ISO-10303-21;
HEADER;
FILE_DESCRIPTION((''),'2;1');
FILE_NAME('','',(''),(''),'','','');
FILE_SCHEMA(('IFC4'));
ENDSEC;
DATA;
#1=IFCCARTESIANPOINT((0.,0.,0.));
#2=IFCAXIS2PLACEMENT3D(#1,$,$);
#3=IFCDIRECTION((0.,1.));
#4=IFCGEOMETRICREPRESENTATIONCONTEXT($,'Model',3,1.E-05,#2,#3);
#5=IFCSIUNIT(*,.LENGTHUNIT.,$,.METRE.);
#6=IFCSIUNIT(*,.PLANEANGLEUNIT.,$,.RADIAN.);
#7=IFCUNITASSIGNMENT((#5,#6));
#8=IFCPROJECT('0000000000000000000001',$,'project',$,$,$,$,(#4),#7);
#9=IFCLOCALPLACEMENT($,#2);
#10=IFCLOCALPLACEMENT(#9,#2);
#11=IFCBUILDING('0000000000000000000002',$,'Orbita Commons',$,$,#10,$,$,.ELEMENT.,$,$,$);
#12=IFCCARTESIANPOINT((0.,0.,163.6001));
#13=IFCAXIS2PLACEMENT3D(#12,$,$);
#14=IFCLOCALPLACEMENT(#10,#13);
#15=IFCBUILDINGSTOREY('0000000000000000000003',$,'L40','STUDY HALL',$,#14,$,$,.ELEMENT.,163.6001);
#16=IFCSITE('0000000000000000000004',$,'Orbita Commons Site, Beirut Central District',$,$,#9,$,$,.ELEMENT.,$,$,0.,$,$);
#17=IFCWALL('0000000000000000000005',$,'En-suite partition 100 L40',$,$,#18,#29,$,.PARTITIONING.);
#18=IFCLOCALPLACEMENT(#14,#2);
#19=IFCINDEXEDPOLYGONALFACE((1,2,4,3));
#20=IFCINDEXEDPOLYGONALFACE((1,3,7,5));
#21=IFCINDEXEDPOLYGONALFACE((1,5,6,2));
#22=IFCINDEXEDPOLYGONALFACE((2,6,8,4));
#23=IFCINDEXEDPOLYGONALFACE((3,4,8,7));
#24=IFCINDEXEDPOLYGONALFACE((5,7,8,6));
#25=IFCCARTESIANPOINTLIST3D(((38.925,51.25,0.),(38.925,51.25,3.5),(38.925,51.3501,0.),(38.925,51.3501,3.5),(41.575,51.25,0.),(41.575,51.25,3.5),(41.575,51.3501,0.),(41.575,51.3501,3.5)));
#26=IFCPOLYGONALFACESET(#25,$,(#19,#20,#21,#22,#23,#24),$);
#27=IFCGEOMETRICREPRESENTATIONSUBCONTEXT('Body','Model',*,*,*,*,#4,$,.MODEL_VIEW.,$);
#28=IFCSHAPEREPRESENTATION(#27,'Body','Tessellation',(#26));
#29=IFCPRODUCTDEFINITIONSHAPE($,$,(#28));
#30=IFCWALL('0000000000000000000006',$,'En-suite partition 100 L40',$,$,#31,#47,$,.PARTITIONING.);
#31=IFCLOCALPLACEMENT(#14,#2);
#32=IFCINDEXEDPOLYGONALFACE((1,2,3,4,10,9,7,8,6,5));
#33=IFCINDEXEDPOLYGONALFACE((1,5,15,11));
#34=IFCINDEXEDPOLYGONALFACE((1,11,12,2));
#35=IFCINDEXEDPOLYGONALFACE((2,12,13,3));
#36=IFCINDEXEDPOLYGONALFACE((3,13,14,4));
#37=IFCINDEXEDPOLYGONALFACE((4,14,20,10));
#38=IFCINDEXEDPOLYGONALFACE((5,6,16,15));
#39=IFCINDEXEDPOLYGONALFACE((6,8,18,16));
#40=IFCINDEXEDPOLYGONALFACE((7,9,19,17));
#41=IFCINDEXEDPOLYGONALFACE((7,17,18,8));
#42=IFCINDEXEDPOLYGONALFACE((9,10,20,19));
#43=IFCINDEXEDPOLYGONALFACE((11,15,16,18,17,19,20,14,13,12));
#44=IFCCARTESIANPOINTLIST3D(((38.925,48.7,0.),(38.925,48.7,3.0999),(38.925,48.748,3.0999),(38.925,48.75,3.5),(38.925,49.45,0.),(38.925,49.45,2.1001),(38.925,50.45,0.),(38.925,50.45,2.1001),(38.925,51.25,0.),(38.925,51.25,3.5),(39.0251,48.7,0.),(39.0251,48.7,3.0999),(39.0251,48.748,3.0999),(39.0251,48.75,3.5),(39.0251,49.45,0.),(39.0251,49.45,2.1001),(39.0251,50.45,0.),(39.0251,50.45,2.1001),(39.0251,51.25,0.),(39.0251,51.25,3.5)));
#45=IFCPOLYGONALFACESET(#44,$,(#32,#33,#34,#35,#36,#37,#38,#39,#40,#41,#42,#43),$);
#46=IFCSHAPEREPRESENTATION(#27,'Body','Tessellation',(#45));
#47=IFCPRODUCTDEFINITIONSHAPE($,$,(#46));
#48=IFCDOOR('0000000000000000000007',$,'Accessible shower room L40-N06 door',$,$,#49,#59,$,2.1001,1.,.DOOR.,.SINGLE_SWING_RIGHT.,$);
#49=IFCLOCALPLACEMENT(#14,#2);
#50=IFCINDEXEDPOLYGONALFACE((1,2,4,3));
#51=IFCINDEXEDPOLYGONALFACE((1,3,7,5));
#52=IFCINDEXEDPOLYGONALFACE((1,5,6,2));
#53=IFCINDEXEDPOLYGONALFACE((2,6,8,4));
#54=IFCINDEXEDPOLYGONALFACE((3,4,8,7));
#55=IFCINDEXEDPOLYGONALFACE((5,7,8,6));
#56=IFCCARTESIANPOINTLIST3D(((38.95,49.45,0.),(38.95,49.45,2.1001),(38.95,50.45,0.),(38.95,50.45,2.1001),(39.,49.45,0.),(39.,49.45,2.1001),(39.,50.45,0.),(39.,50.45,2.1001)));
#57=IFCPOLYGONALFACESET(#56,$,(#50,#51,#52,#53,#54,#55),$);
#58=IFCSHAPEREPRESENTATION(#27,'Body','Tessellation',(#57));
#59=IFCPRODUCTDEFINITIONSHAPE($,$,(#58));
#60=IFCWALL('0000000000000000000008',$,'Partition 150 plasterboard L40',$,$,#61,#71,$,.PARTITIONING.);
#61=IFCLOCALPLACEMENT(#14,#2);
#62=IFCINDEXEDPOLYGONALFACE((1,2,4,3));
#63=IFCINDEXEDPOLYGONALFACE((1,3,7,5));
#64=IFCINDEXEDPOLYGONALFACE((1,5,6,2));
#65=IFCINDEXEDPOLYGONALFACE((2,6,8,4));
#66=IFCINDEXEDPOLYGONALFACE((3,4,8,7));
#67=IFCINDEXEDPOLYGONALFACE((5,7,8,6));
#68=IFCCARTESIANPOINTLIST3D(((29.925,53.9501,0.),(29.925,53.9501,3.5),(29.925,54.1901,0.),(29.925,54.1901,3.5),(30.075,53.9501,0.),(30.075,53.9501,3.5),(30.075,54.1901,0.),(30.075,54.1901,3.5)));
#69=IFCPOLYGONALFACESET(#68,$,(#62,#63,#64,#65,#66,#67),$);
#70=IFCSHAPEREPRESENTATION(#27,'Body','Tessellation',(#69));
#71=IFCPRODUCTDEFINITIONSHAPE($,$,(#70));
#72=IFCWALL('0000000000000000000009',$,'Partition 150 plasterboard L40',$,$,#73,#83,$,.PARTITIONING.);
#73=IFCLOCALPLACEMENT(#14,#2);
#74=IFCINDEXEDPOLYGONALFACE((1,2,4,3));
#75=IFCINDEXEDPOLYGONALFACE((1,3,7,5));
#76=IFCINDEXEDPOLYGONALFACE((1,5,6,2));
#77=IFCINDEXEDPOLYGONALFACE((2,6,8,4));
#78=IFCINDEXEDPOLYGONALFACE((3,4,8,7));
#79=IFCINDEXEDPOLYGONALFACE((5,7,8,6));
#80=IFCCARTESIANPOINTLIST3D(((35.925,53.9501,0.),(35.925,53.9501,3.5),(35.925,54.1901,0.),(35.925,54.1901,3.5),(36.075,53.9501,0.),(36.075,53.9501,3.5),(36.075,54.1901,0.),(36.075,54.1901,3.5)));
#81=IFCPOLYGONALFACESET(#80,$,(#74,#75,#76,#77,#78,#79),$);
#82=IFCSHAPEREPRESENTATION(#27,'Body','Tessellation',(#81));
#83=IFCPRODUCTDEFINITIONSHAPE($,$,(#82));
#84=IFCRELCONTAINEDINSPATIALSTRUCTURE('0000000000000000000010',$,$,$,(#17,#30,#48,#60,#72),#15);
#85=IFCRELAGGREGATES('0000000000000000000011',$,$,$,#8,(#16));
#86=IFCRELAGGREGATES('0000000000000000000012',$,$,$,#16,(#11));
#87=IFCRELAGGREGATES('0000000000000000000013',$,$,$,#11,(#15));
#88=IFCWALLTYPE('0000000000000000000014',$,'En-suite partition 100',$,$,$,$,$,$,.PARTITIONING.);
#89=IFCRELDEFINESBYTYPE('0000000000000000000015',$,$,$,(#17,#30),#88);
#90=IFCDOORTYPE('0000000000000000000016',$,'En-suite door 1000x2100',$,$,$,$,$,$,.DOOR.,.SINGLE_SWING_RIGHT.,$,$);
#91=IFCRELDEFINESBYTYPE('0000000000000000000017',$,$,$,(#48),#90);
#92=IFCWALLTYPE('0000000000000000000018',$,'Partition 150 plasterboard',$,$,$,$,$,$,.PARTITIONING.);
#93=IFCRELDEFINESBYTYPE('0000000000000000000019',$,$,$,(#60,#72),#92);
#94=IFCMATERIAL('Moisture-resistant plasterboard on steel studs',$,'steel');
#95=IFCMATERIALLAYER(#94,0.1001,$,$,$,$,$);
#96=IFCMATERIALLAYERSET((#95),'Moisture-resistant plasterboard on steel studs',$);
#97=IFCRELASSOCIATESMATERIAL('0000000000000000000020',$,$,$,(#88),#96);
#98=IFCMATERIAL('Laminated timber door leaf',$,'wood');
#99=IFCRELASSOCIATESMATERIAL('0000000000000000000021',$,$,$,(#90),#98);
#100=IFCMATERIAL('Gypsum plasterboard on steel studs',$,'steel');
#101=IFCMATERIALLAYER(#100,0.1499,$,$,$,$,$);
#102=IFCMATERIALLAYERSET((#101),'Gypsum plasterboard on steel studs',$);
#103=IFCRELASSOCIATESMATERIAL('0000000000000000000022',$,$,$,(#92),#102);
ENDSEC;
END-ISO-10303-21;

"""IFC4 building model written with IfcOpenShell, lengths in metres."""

from ifc_helpers import new_model, si_unit, direction, frame, frame_2d, origin, place, context, subcontext, project, spatial, polyline, rectangle, outline, extrude, material, layer, layer_set, type_object, element, fill, save


model = new_model("IFC4")

# Units and contexts
model_context = context("Model", 3, precision=1e-05, world=origin(), true_north=direction((0.0, 1.0)))
body_context = subcontext(model_context, "Body", "Model", "MODEL_VIEW")
ifc_project = project(units=[si_unit("LENGTHUNIT", "METRE"), si_unit("PLANEANGLEUNIT", "RADIAN")], contexts=[model_context])

# Site, building, storey
site_placement = place(None, origin())
site = spatial("IfcSite", under=ifc_project, at=site_placement, Name="Orbita Commons Site, Beirut Central District", CompositionType="ELEMENT", RefElevation=0.0)
building_placement = place(site_placement, origin())
building = spatial("IfcBuilding", under=site, at=building_placement, Name="Orbita Commons", CompositionType="ELEMENT")
storey_placement = place(building_placement, frame((0.0, 0.0, 163.6001)))
storey = spatial("IfcBuildingStorey", under=building, at=storey_placement, Name="L40", Description="STUDY HALL", CompositionType="ELEMENT", Elevation=163.6001)

# Shared definitions
ifc_material_1 = material(Name="Moisture-resistant plasterboard on steel studs", Category="steel")
ifc_layer_1 = layer(ifc_material_1, 0.1001)
ifc_layer_set_1 = layer_set([ifc_layer_1], Name="Moisture-resistant plasterboard on steel studs")
wall_type_1 = type_object("IfcWallType", Name="En-suite partition 100", PredefinedType="PARTITIONING", material=ifc_layer_set_1)

# Wall
wall_1_placement = place(storey_placement, frame((38.925, 51.3, 0.0), z_axis=(0.0, 0.0, 1.0), x_axis=(1.0, 0.0, 0.0)))
element("IfcWall", 1, at=wall_1_placement, inside=storey, type_object=wall_type_1, Name="En-suite partition 100 L40", PredefinedType="PARTITIONING", context=body_context, shape_type="SweptSolid", body=[
    extrude(rectangle(XDim=2.6499, YDim=0.1001, at=frame_2d((1.325, 0.0))), origin(), (0.0, 0.0, 1.0), 3.5),
])

# Wall, opening, door
wall_2_placement = place(storey_placement, frame((38.9751, 51.25, 0.0), z_axis=(0.0, 0.0, 1.0), x_axis=(0.0, -1.0, 0.0)))
wall_2 = element("IfcWall", 2, at=wall_2_placement, inside=storey, type_object=wall_type_1, Name="En-suite partition 100 L40", PredefinedType="PARTITIONING", context=body_context, shape_type="SweptSolid", body=[
    extrude(outline(polyline([(0.0, 0.0), (2.55, 0.0), (2.55, 3.0999), (2.502, 3.0999), (2.5, 3.5), (0.0, 3.5), (0.0, 0.0)])), frame((0.0, 0.05, 0.0), z_axis=(0.0, -1.0, 0.0), x_axis=(1.0, 0.0, 0.0)), (0.0, 0.0, 1.0), 0.1001),
])
opening_1_placement = place(wall_2_placement, frame((0.8, 0.0, 0.0)))
opening_1 = element("IfcOpeningElement", 3, at=opening_1_placement, cuts=wall_2, PredefinedType="OPENING", context=body_context, shape_type="SweptSolid", body=[
    extrude(rectangle(XDim=1.0, YDim=2.1001, at=frame_2d((0.5, 1.05))), frame((0.0, 0.0601, 0.0), z_axis=(0.0, -1.0, 0.0), x_axis=(1.0, 0.0, 0.0)), (0.0, 0.0, 1.0), 0.1201),
])
ifc_material_2 = material(Name="Laminated timber door leaf", Category="wood")
door_type_1 = type_object("IfcDoorType", Name="En-suite door 1000x2100", OperationType="SINGLE_SWING_RIGHT", PredefinedType="DOOR", material=ifc_material_2)
door_1_placement = place(opening_1_placement, origin())
door_1 = element("IfcDoor", 4, at=door_1_placement, inside=storey, type_object=door_type_1, Name="Accessible shower room L40-N06 door", OperationType="SINGLE_SWING_RIGHT", OverallHeight=2.1001, OverallWidth=1.0, PredefinedType="DOOR", context=body_context, shape_type="SweptSolid", body=[
    extrude(rectangle(XDim=1.0, YDim=2.1001, at=frame_2d((0.5, 1.05))), frame((0.0, 0.0249, 0.0), z_axis=(0.0, -1.0, 0.0), x_axis=(1.0, 0.0, 0.0)), (0.0, 0.0, 1.0), 0.05),
])
fill(opening_1, door_1)

# Walls
ifc_material_3 = material(Name="Gypsum plasterboard on steel studs", Category="steel")
ifc_layer_2 = layer(ifc_material_3, 0.1499)
ifc_layer_set_2 = layer_set([ifc_layer_2], Name="Gypsum plasterboard on steel studs")
wall_type_2 = type_object("IfcWallType", Name="Partition 150 plasterboard", PredefinedType="PARTITIONING", material=ifc_layer_set_2)
for number, where, z_axis, x_axis, name in (
    (5, (30.0, 53.95, 0.0), (0.0, 0.0, 1.0), (0.0, 1.0, 0.0), "Partition 150 plasterboard L40"),
    (6, (36.0, 53.95, 0.0), (0.0, 0.0, 1.0), (0.0, 1.0, 0.0), "Partition 150 plasterboard L40"),
):
    element("IfcWall", number, at=place(storey_placement, frame(where, z_axis=z_axis, x_axis=x_axis)), inside=storey, type_object=wall_type_2, Name=name, PredefinedType="PARTITIONING", context=body_context, shape_type="SweptSolid", body=[
        extrude(rectangle(XDim=0.24, YDim=0.1499, at=frame_2d((0.1201, 0.0))), origin(), (0.0, 0.0, 1.0), 3.5),
    ])

save(model, "model.ifc")
